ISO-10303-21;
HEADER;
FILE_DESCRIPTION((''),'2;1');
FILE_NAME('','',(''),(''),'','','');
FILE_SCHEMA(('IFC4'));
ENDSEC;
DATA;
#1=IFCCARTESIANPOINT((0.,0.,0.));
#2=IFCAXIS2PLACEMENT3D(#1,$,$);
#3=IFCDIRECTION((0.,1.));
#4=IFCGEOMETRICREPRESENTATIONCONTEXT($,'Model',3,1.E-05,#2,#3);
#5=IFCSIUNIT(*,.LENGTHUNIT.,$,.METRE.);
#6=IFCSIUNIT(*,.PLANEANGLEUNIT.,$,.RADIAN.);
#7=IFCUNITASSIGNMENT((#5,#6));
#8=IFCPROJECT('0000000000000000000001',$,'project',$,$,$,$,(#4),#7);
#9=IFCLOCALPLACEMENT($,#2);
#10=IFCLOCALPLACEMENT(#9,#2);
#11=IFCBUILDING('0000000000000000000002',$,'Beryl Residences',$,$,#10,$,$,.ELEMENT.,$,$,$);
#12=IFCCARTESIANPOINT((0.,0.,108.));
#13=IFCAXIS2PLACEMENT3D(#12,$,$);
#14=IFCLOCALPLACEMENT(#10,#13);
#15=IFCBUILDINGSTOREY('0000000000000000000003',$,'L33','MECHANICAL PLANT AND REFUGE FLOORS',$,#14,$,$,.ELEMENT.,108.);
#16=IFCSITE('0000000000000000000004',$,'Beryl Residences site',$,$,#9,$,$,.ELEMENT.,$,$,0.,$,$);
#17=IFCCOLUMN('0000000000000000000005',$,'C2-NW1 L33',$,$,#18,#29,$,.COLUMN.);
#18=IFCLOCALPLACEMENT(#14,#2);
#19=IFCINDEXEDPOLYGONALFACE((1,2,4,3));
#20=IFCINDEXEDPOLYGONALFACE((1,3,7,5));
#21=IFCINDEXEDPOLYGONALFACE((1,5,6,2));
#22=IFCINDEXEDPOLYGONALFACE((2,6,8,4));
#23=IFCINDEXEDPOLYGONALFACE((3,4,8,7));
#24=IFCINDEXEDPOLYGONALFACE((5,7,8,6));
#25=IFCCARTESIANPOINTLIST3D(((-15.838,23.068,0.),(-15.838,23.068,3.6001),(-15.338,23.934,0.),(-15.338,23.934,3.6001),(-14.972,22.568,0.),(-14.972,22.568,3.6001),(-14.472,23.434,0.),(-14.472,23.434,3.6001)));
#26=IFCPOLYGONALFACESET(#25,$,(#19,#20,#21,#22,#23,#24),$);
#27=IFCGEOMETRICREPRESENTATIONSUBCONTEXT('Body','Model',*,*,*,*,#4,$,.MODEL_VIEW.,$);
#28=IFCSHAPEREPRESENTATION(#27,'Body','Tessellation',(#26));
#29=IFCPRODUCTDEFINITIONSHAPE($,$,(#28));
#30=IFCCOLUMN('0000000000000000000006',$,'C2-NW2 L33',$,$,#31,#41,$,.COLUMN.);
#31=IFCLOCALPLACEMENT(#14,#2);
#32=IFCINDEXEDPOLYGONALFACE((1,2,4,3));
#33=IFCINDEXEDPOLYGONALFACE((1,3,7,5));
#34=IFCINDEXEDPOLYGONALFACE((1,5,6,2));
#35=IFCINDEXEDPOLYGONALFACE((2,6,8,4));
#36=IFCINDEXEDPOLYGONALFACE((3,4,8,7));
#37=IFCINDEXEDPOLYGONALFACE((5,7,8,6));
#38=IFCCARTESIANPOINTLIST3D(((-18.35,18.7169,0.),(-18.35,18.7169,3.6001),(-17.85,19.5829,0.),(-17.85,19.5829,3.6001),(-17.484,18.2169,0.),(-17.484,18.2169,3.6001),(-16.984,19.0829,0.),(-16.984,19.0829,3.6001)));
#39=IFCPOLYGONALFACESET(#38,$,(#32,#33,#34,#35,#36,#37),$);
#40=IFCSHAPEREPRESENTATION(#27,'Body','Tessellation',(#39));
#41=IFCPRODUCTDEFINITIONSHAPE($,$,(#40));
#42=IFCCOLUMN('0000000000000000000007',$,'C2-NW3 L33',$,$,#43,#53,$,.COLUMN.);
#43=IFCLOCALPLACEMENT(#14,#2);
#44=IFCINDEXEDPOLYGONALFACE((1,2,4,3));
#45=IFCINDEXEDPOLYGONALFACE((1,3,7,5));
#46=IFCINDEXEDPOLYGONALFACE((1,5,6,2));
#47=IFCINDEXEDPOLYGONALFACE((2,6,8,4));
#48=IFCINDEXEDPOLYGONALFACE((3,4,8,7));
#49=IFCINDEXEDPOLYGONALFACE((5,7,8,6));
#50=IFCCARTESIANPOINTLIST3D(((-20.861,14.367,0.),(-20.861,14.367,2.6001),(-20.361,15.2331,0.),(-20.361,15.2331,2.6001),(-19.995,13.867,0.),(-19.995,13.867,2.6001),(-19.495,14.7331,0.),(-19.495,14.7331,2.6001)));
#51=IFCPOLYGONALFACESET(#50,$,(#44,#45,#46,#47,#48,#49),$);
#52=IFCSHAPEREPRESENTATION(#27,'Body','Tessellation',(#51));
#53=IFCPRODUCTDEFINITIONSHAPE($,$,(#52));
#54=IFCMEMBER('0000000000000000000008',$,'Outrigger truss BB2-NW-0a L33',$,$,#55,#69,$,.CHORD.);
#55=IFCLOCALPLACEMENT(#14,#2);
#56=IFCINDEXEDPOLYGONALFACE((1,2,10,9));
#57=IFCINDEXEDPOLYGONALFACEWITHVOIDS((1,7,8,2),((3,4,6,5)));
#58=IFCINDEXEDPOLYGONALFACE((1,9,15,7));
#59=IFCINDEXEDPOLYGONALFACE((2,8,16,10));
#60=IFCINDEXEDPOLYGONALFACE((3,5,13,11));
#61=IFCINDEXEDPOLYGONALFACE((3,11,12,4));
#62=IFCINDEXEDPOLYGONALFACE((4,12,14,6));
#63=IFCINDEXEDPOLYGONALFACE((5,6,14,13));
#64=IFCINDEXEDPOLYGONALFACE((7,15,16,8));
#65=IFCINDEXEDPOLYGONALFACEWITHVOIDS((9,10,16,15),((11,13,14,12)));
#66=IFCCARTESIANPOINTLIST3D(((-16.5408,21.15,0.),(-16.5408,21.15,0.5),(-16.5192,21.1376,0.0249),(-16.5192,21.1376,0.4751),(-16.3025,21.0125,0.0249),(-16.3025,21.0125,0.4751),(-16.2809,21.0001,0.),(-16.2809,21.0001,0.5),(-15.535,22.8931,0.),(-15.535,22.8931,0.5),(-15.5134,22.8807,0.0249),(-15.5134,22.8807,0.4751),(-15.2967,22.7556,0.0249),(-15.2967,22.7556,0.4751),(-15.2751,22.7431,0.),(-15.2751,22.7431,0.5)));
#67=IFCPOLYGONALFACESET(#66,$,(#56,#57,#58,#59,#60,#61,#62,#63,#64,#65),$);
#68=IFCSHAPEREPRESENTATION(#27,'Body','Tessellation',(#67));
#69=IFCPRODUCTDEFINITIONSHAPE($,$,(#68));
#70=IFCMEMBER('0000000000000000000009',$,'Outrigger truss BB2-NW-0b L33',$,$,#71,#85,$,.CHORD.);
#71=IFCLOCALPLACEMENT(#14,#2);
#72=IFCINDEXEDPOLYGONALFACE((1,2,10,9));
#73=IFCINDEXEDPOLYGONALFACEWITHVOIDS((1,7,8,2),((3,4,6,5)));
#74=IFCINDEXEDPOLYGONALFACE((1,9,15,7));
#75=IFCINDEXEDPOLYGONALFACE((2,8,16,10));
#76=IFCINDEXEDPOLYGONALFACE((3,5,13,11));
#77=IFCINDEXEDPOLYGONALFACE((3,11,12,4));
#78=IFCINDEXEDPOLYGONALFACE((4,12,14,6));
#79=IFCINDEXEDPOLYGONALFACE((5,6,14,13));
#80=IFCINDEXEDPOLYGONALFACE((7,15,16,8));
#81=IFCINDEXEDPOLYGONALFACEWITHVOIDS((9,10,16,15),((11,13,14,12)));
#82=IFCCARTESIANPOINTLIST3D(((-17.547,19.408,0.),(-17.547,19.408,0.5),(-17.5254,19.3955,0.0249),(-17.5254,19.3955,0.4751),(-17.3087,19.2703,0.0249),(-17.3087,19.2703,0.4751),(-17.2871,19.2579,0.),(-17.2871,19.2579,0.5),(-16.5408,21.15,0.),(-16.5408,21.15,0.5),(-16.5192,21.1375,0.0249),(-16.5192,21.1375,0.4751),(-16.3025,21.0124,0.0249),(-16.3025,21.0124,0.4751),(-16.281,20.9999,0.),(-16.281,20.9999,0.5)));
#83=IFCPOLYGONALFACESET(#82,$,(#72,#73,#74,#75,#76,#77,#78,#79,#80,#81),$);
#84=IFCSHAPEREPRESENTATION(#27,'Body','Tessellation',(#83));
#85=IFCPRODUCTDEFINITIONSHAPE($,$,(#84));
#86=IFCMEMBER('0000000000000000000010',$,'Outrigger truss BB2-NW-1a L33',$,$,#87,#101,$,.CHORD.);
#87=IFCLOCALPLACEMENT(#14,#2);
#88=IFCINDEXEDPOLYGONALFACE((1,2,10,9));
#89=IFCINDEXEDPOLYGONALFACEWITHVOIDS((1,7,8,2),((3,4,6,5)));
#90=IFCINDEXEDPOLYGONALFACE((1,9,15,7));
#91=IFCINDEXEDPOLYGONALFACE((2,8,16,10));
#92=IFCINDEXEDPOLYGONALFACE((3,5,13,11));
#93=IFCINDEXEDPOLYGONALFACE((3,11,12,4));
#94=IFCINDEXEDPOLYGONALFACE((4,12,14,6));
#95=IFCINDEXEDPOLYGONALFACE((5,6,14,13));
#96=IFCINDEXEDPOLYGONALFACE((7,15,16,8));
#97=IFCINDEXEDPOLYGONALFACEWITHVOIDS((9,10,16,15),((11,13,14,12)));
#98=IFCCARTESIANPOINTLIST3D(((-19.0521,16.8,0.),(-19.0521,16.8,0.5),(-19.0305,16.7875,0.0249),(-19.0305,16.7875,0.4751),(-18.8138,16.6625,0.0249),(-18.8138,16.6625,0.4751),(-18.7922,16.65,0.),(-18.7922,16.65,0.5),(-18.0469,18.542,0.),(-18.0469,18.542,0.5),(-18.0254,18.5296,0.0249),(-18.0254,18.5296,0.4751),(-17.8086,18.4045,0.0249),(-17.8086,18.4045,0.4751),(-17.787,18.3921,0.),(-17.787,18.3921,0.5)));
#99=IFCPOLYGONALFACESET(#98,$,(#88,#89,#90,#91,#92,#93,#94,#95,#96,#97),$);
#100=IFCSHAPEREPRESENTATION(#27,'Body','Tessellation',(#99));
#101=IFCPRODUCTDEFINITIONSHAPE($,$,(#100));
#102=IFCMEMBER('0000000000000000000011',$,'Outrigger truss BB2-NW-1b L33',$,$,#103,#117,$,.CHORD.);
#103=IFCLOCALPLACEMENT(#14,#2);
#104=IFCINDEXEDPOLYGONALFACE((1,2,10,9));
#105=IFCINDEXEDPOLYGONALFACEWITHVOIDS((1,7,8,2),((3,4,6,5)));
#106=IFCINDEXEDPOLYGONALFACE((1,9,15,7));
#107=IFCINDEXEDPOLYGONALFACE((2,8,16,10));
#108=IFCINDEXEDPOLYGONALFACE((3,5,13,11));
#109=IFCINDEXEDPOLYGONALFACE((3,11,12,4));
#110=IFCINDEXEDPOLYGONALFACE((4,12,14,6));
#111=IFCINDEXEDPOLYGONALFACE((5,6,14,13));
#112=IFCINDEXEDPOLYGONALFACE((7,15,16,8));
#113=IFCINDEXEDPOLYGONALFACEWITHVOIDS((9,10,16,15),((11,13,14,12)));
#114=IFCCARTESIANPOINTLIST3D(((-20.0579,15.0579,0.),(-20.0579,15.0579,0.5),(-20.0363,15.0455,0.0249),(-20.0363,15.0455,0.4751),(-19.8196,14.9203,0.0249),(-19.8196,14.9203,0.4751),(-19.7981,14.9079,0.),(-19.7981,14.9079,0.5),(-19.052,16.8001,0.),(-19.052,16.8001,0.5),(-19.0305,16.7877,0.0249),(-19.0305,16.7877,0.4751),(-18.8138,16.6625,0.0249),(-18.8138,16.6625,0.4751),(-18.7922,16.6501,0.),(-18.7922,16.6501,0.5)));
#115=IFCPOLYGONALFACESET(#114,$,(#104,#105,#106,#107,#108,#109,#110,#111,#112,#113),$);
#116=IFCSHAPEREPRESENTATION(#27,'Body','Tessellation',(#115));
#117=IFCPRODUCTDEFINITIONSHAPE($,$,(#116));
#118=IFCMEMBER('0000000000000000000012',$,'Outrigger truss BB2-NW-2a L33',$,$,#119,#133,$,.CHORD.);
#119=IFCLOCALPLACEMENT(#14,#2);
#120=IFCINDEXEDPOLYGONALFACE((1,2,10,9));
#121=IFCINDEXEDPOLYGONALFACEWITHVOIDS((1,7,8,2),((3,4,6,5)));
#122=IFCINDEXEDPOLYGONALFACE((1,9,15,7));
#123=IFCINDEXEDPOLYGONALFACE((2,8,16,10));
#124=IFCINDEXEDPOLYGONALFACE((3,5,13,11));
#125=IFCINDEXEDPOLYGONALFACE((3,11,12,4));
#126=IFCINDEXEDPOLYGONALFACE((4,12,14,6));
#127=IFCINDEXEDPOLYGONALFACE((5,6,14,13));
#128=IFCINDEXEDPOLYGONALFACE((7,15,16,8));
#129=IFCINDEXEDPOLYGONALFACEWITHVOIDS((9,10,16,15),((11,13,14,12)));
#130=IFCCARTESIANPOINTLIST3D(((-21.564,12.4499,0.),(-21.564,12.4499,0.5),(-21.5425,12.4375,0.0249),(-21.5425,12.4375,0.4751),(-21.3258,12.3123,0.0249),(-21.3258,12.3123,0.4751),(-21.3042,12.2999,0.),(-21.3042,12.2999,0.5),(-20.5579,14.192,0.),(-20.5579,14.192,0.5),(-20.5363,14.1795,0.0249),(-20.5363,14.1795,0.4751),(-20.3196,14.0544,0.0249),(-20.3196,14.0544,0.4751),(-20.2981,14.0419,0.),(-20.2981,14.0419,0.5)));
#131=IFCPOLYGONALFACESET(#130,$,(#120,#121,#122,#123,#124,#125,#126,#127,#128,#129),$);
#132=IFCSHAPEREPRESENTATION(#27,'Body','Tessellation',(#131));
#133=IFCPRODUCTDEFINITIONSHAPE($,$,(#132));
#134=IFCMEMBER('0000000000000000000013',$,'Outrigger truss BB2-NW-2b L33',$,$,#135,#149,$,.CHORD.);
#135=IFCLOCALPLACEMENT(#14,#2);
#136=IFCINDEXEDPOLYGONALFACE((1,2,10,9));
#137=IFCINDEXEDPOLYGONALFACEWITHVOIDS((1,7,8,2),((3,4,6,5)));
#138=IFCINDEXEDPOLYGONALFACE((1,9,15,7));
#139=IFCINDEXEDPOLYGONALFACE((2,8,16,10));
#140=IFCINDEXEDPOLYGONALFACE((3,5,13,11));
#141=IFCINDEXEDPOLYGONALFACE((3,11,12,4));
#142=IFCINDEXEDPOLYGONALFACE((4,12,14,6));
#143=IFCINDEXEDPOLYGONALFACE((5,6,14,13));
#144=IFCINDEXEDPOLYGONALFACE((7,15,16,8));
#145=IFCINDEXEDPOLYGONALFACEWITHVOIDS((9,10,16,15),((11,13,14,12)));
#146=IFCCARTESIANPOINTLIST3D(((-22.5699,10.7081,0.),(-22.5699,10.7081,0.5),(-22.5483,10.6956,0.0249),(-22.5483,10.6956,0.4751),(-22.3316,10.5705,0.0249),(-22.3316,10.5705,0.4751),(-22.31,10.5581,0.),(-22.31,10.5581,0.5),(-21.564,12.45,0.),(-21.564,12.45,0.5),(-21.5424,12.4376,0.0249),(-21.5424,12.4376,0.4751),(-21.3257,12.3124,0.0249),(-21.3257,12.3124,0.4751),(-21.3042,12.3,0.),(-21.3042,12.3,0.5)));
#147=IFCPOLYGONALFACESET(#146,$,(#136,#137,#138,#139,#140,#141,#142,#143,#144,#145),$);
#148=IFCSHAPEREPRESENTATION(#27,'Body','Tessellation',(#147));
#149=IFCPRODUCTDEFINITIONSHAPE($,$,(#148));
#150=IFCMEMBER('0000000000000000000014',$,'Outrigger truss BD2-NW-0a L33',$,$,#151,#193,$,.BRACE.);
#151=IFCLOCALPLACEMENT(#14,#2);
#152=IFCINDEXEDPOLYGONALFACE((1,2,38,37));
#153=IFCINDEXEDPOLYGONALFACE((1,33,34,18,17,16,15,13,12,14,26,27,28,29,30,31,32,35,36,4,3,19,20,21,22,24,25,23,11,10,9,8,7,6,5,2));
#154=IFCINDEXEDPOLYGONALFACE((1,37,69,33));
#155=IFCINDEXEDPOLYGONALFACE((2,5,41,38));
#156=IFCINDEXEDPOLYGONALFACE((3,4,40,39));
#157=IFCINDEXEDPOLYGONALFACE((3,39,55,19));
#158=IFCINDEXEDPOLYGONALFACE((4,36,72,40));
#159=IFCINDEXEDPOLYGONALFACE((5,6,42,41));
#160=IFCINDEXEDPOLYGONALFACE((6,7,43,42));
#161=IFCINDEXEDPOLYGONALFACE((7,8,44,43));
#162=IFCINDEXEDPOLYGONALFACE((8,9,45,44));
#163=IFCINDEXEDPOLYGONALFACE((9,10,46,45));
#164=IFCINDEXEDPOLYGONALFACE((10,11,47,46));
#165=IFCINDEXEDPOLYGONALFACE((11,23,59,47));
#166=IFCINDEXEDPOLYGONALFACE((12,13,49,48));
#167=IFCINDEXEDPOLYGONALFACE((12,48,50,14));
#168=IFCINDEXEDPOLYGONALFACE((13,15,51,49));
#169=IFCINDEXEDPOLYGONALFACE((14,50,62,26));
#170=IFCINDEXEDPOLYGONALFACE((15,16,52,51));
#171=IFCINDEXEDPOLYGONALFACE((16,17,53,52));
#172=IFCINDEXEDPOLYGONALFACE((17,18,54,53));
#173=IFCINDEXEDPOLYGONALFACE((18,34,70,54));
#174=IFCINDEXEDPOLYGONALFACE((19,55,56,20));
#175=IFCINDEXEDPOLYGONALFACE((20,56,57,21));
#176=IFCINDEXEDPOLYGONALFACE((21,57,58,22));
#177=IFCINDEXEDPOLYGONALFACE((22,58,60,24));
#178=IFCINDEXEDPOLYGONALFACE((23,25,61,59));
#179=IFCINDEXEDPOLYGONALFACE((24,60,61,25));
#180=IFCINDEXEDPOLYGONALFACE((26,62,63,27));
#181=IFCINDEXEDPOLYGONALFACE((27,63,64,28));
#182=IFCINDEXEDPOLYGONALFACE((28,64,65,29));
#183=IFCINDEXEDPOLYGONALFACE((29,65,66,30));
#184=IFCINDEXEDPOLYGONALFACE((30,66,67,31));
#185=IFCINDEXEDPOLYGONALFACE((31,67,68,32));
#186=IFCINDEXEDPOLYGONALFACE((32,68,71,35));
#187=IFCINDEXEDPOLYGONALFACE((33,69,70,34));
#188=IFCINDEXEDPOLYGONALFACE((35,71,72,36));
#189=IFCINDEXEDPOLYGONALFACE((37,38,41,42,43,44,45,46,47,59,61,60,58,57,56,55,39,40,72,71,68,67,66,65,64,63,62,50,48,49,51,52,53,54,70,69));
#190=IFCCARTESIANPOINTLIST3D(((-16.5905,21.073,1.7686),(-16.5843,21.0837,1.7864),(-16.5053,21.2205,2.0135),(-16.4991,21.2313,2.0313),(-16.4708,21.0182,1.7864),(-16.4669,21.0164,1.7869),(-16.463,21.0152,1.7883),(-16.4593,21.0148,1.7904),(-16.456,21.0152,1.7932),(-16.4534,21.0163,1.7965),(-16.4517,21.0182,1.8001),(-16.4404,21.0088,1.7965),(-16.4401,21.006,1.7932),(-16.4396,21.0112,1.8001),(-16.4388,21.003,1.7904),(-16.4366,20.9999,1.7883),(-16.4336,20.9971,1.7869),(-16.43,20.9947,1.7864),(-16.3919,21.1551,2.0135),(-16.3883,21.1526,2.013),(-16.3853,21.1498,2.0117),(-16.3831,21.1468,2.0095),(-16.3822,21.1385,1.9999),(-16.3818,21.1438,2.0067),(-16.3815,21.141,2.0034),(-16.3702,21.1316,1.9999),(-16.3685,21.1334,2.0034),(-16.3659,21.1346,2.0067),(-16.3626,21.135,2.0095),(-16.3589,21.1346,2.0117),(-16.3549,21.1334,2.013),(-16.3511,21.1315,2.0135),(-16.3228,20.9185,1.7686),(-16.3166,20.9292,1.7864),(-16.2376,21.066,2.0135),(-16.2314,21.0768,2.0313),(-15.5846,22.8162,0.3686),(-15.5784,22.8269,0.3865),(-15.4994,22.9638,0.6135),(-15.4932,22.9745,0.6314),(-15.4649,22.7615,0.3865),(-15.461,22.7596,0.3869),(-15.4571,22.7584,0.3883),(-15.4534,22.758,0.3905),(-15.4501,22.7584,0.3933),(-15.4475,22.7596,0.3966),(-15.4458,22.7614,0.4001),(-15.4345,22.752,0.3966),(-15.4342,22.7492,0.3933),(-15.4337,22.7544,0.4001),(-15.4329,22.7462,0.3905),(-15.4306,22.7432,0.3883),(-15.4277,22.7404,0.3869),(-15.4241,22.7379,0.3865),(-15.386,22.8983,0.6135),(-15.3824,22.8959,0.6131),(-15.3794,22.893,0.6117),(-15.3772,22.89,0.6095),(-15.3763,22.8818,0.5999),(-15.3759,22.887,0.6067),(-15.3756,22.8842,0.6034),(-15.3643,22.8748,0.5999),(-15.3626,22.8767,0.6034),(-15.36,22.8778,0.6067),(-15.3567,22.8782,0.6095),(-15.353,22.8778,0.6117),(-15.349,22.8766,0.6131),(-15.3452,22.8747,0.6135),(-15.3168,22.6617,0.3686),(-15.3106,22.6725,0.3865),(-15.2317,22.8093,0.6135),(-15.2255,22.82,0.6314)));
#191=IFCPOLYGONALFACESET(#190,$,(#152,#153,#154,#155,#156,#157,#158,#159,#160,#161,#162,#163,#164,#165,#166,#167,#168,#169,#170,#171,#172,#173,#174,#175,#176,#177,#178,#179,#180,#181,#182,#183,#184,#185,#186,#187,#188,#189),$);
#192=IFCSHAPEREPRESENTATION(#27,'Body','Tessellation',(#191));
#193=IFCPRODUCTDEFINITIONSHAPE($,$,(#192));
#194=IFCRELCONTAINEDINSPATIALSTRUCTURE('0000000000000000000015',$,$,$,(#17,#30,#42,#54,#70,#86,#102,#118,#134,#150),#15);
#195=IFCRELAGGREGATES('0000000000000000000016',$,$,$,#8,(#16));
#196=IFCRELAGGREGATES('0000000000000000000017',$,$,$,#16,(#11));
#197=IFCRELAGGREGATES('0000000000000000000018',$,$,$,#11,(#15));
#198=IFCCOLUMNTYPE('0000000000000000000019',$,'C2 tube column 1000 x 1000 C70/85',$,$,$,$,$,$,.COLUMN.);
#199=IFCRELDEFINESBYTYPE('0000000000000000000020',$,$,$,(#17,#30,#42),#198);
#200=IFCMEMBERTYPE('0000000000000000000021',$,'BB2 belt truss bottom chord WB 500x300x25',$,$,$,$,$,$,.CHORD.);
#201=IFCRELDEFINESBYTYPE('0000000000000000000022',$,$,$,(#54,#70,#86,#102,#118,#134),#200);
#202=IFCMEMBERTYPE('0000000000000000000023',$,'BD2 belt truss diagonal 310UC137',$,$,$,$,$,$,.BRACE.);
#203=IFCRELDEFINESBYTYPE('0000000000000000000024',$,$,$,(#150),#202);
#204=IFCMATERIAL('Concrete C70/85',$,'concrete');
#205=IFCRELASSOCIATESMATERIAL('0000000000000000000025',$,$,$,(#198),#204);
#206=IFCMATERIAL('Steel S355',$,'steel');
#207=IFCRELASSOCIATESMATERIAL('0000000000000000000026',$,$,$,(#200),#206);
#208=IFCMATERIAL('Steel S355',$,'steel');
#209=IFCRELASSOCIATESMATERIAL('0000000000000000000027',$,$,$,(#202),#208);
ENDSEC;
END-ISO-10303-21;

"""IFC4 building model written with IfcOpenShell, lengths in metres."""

from ifc_helpers import new_model, si_unit, direction, frame, origin, origin_2d, place, context, subcontext, project, spatial, rectangle, hollow_rectangle, i_section, extrude, material, material_profile, profile_set, type_object, element, save


model = new_model("IFC4")

# Units and contexts
model_context = context("Model", 3, precision=1e-05, world=origin(), true_north=direction((0.0, 1.0)))
body_context = subcontext(model_context, "Body", "Model", "MODEL_VIEW")
ifc_project = project(units=[si_unit("LENGTHUNIT", "METRE"), si_unit("PLANEANGLEUNIT", "RADIAN")], contexts=[model_context])

# Site, building, storey
site_placement = place(None, origin())
site = spatial("IfcSite", under=ifc_project, at=site_placement, Name="Beryl Residences site", CompositionType="ELEMENT", RefElevation=0.0)
building_placement = place(site_placement, origin())
building = spatial("IfcBuilding", under=site, at=building_placement, Name="Beryl Residences", CompositionType="ELEMENT")
storey_placement = place(building_placement, frame((0.0, 0.0, 108.0)))
storey = spatial("IfcBuildingStorey", under=building, at=storey_placement, Name="L33", Description="MECHANICAL PLANT AND REFUGE FLOORS", CompositionType="ELEMENT", Elevation=108.0)

# Columns
ifc_material_1 = material(Name="Concrete C70/85", Category="concrete")
ifc_material_profile_1 = material_profile(ifc_material_1, rectangle(XDim=1.0, YDim=1.0, at=origin_2d()))
ifc_profile_set_1 = profile_set([ifc_material_profile_1], Name="Concrete C70/85")
column_type = type_object("IfcColumnType", Name="C2 tube column 1000 x 1000 C70/85", PredefinedType="COLUMN", material=ifc_profile_set_1)
for number, where, z_axis, x_axis, name in (
    (1, (-15.155, 23.251, 0.0), (0.0, 0.0, 1.0), (-0.5, -0.866025, 0.0), "C2-NW1 L33"),
    (2, (-17.667, 18.8999, 0.0), (0.0, 0.0, 1.0), (-0.5, -0.866025, 0.0), "C2-NW2 L33"),
):
    element("IfcColumn", number, at=place(storey_placement, frame(where, z_axis=z_axis, x_axis=x_axis)), inside=storey, type_object=column_type, Name=name, PredefinedType="COLUMN", context=body_context, shape_type="SweptSolid", body=[
        extrude(rectangle(XDim=1.0, YDim=1.0, at=origin_2d()), origin(), (0.0, 0.0, 1.0), 3.6001),
    ])
column_placement = place(storey_placement, frame((-20.178, 14.55, 0.0), z_axis=(0.0, 0.0, 1.0), x_axis=(-0.5, -0.866025, 0.0)))
element("IfcColumn", 3, at=column_placement, inside=storey, type_object=column_type, Name="C2-NW3 L33", PredefinedType="COLUMN", context=body_context, shape_type="SweptSolid", body=[
    extrude(rectangle(XDim=1.0, YDim=1.0, at=origin_2d()), origin(), (0.0, 0.0, 1.0), 2.6001),
])

# Members
ifc_material_2 = material(Name="Steel S355", Category="steel")
ifc_material_profile_2 = material_profile(ifc_material_2, hollow_rectangle(XDim=0.3, YDim=0.5, WallThickness=0.0249, at=origin_2d()))
ifc_profile_set_2 = profile_set([ifc_material_profile_2], Name="Steel S355")
member_type_1 = type_object("IfcMemberType", Name="BB2 belt truss bottom chord WB 500x300x25", PredefinedType="CHORD", material=ifc_profile_set_2)
member_1_placement = place(storey_placement, frame((-15.405, 22.8181, 0.25), z_axis=(-0.499792, -0.866145, 0.0), x_axis=(0.866145, -0.499792, 0.0)))
element("IfcMember", 4, at=member_1_placement, inside=storey, type_object=member_type_1, Name="Outrigger truss BB2-NW-0a L33", PredefinedType="CHORD", context=body_context, shape_type="SweptSolid", body=[
    extrude(hollow_rectangle(XDim=0.3, YDim=0.5, WallThickness=0.0249, at=origin_2d()), origin(), (0.0, 0.0, 1.0), 2.0125),
])
member_2_placement = place(storey_placement, frame((-16.4109, 21.075, 0.25), z_axis=(-0.500146, -0.865941, 0.0), x_axis=(0.865941, -0.500146, 0.0)))
element("IfcMember", 5, at=member_2_placement, inside=storey, type_object=member_type_1, Name="Outrigger truss BB2-NW-0b L33", PredefinedType="CHORD", context=body_context, shape_type="SweptSolid", body=[
    extrude(hollow_rectangle(XDim=0.3, YDim=0.5, WallThickness=0.0249, at=origin_2d()), origin(), (0.0, 0.0, 1.0), 2.0117),
])
member_3_placement = place(storey_placement, frame((-17.917, 18.467, 0.25), z_axis=(-0.499782, -0.866151, 0.0), x_axis=(0.866151, -0.499782, 0.0)))
element("IfcMember", 6, at=member_3_placement, inside=storey, type_object=member_type_1, Name="Outrigger truss BB2-NW-1a L33", PredefinedType="CHORD", context=body_context, shape_type="SweptSolid", body=[
    extrude(hollow_rectangle(XDim=0.3, YDim=0.5, WallThickness=0.0249, at=origin_2d()), origin(), (0.0, 0.0, 1.0), 2.0112),
])
for number, where, z_axis, x_axis, name in (
    (7, (-18.9221, 16.7251, 0.25), (-0.500003, -0.866024, 0.0), (0.866024, -0.500003, 0.0), "Outrigger truss BB2-NW-1b L33"),
    (8, (-20.428, 14.1169, 0.25), (-0.500146, -0.865941, 0.0), (0.865941, -0.500146, 0.0), "Outrigger truss BB2-NW-2a L33"),
):
    element("IfcMember", number, at=place(storey_placement, frame(where, z_axis=z_axis, x_axis=x_axis)), inside=storey, type_object=member_type_1, Name=name, PredefinedType="CHORD", context=body_context, shape_type="SweptSolid", body=[
        extrude(hollow_rectangle(XDim=0.3, YDim=0.5, WallThickness=0.0249, at=origin_2d()), origin(), (0.0, 0.0, 1.0), 2.0117),
    ])
member_4_placement = place(storey_placement, frame((-21.4341, 12.375, 0.25), z_axis=(-0.500055, -0.865994, 0.0), x_axis=(0.865994, -0.500055, 0.0)))
element("IfcMember", 9, at=member_4_placement, inside=storey, type_object=member_type_1, Name="Outrigger truss BB2-NW-2b L33", PredefinedType="CHORD", context=body_context, shape_type="SweptSolid", body=[
    extrude(hollow_rectangle(XDim=0.3, YDim=0.5, WallThickness=0.0249, at=origin_2d()), origin(), (0.0, 0.0, 1.0), 2.0115),
])
ifc_material_3 = material(Name="Steel S355", Category="steel")
ifc_material_profile_3 = material_profile(ifc_material_3, i_section(OverallWidth=0.3091, OverallDepth=0.3201, WebThickness=0.0139, FlangeThickness=0.0217, FilletRadius=0.0166, at=origin_2d()))
ifc_profile_set_3 = profile_set([ifc_material_profile_3], Name="Steel S355")
member_type_2 = type_object("IfcMemberType", Name="BD2 belt truss diagonal 310UC137", PredefinedType="BRACE", material=ifc_profile_set_3)
member_5_placement = place(storey_placement, frame((-15.405, 22.8181, 0.5), z_axis=(-0.410295, -0.711046, 0.571027), x_axis=(0.866145, -0.499792, 0.0)))
element("IfcMember", 10, at=member_5_placement, inside=storey, type_object=member_type_2, Name="Outrigger truss BD2-NW-0a L33", PredefinedType="BRACE", context=body_context, shape_type="SweptSolid", body=[
    extrude(i_section(OverallWidth=0.3091, OverallDepth=0.3201, WebThickness=0.0139, FlangeThickness=0.0217, FilletRadius=0.0166, at=origin_2d()), origin(), (0.0, 0.0, 1.0), 2.4517),
])

save(model, "model.ifc")
